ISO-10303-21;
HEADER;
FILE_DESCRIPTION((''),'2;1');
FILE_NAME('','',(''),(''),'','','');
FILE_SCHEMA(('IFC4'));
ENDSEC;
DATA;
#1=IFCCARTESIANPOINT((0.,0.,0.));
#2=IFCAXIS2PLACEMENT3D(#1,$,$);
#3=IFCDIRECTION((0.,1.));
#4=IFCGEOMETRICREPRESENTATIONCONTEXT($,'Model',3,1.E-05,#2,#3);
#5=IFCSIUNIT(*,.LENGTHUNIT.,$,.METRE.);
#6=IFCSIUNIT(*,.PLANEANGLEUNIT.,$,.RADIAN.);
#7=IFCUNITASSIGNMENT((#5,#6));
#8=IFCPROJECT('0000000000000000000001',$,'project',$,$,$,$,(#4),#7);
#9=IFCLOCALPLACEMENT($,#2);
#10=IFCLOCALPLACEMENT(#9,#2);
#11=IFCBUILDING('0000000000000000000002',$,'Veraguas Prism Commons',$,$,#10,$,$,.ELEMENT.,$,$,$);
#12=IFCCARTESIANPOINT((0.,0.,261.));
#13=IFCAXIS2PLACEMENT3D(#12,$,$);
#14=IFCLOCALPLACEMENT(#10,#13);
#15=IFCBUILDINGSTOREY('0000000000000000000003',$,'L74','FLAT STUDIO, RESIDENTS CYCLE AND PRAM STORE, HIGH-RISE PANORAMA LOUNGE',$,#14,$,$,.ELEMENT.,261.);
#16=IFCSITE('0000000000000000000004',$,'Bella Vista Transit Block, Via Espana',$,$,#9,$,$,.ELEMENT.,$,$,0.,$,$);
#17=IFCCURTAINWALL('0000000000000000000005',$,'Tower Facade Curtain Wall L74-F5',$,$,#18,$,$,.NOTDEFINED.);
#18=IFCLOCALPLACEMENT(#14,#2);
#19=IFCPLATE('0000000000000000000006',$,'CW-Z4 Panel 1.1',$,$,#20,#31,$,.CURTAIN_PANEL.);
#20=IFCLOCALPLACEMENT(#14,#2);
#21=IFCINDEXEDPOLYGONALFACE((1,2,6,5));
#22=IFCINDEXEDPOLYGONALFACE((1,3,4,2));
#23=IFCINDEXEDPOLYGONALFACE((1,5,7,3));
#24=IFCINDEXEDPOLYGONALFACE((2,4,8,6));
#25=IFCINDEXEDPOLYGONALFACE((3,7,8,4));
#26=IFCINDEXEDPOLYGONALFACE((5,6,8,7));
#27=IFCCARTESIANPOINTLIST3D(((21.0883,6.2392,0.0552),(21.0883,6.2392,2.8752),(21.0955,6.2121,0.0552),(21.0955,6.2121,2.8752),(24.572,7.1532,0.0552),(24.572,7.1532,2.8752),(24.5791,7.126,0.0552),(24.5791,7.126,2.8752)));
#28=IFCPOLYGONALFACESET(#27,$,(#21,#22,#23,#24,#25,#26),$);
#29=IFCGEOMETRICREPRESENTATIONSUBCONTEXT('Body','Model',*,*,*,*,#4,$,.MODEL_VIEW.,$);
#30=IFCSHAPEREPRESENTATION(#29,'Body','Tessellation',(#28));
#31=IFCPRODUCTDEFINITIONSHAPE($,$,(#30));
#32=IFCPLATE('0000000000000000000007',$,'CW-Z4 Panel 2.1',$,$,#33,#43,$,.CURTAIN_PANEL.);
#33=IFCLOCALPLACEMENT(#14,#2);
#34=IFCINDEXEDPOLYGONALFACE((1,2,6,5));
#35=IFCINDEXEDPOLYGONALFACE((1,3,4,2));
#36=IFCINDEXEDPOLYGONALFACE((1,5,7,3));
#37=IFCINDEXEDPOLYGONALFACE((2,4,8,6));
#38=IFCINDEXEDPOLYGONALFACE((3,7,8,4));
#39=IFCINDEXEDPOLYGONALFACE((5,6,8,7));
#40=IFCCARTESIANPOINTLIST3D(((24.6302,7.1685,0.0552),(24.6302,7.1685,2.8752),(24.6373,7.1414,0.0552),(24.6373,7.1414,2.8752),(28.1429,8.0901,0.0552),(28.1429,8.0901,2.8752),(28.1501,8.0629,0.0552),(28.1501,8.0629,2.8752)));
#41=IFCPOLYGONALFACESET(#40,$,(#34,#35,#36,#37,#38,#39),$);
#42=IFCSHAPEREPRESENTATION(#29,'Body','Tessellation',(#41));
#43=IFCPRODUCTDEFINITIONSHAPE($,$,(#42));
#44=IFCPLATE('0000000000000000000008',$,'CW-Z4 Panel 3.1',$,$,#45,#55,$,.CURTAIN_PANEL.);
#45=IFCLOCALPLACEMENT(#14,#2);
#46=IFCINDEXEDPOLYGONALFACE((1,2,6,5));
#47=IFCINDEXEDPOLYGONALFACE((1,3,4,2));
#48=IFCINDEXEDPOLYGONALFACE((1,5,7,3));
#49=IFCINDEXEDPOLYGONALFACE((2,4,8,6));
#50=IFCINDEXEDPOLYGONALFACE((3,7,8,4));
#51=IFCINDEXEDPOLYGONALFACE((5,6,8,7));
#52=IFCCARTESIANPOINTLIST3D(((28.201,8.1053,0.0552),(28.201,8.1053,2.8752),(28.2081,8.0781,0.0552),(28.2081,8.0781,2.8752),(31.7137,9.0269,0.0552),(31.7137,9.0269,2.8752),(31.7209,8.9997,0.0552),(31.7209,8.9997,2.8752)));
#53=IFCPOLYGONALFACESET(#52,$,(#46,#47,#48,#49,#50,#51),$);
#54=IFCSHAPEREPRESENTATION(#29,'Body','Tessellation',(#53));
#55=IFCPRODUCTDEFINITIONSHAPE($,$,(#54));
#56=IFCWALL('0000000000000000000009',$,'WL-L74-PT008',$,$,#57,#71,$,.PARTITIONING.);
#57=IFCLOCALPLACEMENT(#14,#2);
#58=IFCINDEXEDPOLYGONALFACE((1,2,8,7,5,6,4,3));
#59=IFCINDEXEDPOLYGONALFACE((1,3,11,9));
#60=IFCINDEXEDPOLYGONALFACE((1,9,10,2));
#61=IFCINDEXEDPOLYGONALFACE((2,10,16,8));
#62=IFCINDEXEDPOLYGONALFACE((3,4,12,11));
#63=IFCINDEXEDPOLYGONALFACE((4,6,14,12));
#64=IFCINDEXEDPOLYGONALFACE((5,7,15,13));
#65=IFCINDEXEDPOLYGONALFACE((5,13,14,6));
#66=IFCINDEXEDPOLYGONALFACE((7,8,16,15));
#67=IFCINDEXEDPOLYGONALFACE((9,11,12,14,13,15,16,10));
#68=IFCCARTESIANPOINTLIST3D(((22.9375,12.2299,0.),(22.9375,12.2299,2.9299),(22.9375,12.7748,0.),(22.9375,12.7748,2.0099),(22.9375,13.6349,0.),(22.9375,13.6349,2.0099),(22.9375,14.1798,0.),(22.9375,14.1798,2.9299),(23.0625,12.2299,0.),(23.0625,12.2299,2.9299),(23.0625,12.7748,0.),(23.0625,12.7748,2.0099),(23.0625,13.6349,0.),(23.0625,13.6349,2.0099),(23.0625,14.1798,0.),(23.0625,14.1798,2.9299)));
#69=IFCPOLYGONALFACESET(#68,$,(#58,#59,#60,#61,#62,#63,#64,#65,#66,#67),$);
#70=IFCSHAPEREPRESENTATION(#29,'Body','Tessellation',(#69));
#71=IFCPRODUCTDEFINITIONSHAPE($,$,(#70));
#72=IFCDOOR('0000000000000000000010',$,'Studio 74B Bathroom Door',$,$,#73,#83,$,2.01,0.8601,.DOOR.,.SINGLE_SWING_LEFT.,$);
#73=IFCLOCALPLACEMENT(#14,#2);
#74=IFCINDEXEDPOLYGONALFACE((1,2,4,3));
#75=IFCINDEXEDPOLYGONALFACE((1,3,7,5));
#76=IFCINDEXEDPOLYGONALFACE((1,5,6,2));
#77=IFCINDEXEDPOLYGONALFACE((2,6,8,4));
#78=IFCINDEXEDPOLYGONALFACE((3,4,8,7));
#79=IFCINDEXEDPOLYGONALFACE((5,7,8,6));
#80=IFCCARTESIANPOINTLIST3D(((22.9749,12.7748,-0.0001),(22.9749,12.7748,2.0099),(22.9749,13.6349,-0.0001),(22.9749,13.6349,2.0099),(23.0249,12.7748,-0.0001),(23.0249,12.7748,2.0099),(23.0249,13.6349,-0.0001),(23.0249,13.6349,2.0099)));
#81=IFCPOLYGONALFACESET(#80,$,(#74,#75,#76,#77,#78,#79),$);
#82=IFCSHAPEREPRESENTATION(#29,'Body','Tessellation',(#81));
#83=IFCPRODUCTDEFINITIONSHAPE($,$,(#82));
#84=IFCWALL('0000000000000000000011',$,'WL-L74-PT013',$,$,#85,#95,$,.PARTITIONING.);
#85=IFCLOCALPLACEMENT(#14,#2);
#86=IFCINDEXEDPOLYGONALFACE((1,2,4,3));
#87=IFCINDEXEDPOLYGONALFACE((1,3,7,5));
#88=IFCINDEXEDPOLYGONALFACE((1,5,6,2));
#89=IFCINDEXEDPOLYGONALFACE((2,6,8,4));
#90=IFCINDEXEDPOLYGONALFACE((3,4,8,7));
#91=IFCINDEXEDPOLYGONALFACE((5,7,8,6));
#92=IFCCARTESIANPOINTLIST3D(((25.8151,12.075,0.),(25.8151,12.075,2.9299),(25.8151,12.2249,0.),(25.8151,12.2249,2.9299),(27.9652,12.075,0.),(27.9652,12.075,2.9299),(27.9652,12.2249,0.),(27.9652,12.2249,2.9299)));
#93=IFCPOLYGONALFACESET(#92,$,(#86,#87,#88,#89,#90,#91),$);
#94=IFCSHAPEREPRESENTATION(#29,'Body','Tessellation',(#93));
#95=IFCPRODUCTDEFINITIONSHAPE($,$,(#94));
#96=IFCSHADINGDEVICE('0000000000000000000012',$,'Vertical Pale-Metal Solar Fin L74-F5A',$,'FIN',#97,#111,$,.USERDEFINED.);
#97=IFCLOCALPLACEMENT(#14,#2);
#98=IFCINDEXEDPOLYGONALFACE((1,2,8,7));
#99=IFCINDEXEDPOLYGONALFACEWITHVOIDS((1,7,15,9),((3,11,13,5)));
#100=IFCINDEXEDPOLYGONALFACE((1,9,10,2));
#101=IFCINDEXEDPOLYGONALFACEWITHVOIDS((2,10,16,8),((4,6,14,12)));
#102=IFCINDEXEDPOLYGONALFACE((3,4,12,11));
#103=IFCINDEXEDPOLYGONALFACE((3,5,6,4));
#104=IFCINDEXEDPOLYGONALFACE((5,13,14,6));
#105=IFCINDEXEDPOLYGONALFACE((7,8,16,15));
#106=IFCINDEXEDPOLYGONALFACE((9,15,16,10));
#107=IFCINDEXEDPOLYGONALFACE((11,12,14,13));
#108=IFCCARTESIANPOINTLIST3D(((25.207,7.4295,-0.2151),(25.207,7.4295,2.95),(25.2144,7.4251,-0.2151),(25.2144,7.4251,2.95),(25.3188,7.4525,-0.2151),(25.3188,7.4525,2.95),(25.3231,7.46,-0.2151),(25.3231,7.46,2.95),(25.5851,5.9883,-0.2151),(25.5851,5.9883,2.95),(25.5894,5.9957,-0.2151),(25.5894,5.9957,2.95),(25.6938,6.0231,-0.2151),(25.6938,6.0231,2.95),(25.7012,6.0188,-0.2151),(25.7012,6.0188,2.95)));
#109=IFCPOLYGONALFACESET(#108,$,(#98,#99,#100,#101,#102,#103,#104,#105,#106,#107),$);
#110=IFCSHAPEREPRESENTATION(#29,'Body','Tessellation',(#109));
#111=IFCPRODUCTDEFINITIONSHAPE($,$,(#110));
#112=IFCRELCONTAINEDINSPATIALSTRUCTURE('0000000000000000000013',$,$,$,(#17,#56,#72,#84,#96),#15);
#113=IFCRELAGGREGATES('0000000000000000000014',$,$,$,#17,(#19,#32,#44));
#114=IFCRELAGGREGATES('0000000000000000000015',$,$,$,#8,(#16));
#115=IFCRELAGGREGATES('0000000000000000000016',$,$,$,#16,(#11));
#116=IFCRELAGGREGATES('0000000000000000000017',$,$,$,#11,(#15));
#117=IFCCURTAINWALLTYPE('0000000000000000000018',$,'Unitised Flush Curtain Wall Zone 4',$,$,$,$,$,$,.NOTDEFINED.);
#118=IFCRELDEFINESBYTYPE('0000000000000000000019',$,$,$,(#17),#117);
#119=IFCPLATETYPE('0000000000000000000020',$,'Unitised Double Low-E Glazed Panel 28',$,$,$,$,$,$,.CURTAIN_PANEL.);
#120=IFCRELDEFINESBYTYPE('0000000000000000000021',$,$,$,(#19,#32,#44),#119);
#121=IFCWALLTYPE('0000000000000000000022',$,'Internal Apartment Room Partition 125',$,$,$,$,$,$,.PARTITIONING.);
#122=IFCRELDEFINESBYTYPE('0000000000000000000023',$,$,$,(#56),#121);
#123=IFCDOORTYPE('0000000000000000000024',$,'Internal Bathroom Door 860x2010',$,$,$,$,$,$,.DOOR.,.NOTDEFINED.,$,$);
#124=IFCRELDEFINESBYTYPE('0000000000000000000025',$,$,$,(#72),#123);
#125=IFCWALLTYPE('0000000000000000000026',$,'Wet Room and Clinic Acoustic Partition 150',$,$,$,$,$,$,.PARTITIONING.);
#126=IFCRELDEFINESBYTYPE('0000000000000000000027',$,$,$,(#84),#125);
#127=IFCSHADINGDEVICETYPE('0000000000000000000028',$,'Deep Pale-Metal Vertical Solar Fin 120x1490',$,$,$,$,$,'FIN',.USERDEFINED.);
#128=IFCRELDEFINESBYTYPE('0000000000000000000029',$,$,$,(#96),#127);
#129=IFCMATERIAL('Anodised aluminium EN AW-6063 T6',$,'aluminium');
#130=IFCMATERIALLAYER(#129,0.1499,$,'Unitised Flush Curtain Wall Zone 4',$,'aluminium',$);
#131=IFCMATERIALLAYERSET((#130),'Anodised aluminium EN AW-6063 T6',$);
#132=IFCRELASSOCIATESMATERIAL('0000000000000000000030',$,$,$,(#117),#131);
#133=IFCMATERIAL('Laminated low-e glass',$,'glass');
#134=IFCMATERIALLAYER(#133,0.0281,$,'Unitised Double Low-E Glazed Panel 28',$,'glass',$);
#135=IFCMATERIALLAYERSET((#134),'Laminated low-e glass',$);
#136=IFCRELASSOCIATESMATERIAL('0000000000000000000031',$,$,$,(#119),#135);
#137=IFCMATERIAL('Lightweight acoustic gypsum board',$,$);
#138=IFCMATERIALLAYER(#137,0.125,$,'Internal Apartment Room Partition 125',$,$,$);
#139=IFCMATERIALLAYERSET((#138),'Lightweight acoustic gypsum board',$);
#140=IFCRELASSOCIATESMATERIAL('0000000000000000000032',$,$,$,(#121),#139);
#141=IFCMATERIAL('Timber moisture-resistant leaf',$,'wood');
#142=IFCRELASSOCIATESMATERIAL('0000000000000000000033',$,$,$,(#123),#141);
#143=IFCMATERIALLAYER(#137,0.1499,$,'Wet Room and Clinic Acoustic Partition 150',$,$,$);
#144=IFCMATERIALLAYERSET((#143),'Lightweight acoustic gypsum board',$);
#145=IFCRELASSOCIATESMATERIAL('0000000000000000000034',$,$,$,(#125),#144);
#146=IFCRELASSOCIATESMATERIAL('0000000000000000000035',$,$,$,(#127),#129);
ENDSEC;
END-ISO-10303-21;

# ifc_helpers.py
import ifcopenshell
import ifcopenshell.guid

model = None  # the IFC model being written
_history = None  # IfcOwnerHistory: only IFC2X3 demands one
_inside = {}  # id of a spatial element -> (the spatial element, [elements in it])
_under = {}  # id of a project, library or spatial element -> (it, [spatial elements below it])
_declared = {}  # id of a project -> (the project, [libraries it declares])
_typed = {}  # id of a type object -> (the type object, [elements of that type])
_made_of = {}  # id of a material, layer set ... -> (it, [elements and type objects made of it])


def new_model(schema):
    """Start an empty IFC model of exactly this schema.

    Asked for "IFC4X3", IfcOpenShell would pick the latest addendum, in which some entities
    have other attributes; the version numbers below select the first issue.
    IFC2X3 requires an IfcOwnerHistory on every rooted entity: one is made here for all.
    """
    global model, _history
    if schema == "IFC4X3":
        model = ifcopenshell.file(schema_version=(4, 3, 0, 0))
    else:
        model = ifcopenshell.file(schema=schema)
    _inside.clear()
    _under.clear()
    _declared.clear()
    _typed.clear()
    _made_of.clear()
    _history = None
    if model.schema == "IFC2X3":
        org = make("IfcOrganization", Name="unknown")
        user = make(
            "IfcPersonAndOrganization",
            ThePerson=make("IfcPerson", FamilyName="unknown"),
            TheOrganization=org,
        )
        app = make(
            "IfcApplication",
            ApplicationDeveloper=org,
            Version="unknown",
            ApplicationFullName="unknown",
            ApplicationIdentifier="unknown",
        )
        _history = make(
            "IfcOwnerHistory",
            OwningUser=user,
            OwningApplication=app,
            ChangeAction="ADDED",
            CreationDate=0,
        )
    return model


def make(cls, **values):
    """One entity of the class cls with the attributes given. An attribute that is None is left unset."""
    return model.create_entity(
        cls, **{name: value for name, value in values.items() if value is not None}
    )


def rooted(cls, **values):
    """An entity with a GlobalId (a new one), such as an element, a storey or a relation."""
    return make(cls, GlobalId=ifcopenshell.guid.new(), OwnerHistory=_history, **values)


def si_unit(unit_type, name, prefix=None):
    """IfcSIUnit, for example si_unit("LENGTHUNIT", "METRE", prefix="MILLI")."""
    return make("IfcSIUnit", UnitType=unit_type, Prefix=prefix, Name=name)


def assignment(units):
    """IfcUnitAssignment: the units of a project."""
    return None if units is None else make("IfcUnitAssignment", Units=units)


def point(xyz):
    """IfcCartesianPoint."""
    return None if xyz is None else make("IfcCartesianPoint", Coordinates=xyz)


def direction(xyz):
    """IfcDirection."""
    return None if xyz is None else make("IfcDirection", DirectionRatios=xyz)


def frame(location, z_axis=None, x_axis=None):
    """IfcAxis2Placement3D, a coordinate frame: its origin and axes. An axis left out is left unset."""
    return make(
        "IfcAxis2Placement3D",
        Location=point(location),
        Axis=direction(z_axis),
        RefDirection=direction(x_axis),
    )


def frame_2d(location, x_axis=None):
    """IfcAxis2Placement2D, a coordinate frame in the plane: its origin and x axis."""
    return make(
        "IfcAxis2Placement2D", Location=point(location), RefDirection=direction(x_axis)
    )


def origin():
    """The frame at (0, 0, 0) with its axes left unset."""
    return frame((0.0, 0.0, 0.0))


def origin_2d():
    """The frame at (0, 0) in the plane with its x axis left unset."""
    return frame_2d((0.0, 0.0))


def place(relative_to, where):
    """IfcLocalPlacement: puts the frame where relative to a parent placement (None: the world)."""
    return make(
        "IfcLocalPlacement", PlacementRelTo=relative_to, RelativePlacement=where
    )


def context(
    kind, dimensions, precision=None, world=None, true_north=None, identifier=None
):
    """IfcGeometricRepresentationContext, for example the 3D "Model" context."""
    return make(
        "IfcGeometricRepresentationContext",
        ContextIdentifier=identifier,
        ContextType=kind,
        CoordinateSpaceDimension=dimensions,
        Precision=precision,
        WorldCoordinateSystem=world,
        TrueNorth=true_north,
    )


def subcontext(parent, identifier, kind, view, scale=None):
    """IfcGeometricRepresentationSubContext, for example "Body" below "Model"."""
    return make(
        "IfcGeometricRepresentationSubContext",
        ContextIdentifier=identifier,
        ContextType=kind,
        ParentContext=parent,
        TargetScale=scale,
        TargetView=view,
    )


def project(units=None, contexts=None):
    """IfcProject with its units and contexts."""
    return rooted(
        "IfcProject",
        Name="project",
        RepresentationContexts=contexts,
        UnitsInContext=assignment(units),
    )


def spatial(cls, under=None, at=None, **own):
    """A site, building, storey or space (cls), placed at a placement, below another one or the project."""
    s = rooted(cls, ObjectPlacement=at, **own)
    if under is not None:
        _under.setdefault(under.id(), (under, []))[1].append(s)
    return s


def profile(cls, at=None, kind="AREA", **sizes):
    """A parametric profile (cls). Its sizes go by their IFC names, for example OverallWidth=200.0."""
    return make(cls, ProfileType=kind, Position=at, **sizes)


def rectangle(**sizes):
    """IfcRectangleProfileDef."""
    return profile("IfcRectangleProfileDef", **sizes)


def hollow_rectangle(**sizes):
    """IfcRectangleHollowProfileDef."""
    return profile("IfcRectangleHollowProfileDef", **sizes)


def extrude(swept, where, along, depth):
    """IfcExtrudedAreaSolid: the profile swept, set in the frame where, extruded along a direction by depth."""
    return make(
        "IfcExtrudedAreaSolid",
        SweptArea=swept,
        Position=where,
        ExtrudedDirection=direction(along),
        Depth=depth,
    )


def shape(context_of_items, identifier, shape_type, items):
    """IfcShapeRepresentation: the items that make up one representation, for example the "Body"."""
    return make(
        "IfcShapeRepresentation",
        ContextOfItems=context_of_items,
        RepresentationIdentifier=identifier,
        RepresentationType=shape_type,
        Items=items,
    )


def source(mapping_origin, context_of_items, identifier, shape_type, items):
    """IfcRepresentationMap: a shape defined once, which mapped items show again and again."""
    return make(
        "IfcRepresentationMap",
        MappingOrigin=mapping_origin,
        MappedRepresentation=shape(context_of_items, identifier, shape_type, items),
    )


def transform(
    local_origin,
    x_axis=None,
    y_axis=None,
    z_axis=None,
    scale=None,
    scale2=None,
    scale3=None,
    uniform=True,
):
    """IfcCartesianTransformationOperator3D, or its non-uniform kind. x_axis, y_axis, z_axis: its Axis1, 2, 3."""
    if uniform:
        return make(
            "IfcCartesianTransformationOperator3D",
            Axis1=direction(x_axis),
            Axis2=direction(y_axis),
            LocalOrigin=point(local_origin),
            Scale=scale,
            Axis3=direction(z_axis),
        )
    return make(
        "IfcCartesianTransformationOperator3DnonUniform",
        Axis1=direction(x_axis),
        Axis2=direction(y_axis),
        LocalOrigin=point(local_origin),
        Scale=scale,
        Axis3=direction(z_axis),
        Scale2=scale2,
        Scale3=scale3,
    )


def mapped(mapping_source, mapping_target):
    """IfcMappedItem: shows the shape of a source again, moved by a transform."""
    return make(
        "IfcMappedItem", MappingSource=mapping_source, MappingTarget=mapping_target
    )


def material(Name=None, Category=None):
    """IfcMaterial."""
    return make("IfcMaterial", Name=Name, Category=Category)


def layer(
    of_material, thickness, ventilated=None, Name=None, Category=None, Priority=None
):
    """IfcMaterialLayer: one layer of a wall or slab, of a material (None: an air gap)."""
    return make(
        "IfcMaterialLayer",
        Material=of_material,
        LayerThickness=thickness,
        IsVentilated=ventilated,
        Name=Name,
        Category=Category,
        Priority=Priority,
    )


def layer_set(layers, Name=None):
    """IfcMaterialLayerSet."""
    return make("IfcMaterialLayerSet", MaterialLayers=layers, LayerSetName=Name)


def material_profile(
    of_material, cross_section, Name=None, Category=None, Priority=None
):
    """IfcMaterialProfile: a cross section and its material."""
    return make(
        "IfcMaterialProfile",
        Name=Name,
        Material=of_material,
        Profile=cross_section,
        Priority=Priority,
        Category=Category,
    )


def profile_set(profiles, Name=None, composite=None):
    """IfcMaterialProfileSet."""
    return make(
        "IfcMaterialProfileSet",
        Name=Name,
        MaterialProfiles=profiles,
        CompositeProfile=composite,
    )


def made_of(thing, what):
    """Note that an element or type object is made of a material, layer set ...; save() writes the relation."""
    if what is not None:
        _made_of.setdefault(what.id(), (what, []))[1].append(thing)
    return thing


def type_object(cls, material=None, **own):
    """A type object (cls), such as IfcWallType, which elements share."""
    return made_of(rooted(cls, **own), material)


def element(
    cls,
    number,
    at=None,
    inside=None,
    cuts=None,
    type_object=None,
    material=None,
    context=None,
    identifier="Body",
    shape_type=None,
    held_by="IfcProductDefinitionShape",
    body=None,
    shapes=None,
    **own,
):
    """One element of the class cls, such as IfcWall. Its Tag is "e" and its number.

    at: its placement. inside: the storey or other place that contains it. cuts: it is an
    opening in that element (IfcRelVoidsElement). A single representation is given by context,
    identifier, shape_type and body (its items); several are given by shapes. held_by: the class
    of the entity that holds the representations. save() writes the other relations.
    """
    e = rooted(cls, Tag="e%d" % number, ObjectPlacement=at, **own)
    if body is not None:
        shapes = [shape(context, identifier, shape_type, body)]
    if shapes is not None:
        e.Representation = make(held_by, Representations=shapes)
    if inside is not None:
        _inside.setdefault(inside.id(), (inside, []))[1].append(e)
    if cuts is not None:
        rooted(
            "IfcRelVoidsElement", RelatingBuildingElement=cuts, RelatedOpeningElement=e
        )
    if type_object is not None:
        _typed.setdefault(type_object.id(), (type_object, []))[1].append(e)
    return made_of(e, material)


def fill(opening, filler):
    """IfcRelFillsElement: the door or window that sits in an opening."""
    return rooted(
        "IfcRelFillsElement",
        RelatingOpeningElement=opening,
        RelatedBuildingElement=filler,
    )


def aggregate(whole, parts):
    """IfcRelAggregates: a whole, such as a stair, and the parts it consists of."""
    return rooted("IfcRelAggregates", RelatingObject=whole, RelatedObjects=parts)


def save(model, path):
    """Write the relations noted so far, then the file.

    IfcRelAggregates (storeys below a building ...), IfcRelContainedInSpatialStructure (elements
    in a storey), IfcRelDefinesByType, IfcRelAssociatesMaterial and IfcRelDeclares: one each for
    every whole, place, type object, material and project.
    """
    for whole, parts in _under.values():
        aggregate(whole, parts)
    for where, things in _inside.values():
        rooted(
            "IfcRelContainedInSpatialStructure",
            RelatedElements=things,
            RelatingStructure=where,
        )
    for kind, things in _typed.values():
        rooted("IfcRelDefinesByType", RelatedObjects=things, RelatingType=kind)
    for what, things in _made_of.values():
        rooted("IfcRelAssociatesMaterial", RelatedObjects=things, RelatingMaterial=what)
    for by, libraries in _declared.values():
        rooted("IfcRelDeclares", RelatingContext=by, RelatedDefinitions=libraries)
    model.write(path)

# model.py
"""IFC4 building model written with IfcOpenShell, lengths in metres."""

from ifc_helpers import new_model, si_unit, direction, frame, frame_2d, origin, origin_2d, place, context, subcontext, project, spatial, rectangle, hollow_rectangle, extrude, source, transform, mapped, material, layer, layer_set, material_profile, profile_set, type_object, element, fill, aggregate, save


model = new_model("IFC4")

# Units and contexts
model_context = context("Model", 3, precision=1e-05, world=origin(), true_north=direction((0.0, 1.0)))
body_context = subcontext(model_context, "Body", "Model", "MODEL_VIEW")
ifc_project = project(units=[si_unit("LENGTHUNIT", "METRE"), si_unit("PLANEANGLEUNIT", "RADIAN")], contexts=[model_context])

# Site, building, storey
site_placement = place(None, origin())
site = spatial("IfcSite", under=ifc_project, at=site_placement, Name="Bella Vista Transit Block, Via Espana", CompositionType="ELEMENT", RefElevation=0.0)
building_placement = place(site_placement, origin())
building = spatial("IfcBuilding", under=site, at=building_placement, Name="Veraguas Prism Commons", CompositionType="ELEMENT")
storey_placement = place(building_placement, frame((0.0, 0.0, 261.0)))
storey = spatial("IfcBuildingStorey", under=building, at=storey_placement, Name="L74", Description="FLAT STUDIO, RESIDENTS CYCLE AND PRAM STORE, HIGH-RISE PANORAMA LOUNGE", CompositionType="ELEMENT", Elevation=261.0)

# Curtain wall, plates
ifc_material_1 = material(Name="Anodised aluminium EN AW-6063 T6", Category="aluminium")
ifc_layer_1 = layer(ifc_material_1, 0.1499, Name="Unitised Flush Curtain Wall Zone 4", Category="aluminium")
ifc_layer_set_1 = layer_set([ifc_layer_1], Name="Anodised aluminium EN AW-6063 T6")
curtain_wall_type = type_object("IfcCurtainWallType", Name="Unitised Flush Curtain Wall Zone 4", PredefinedType="NOTDEFINED", material=ifc_layer_set_1)
curtain_wall_placement = place(storey_placement, origin())
curtain_wall = element("IfcCurtainWall", 1, at=curtain_wall_placement, inside=storey, type_object=curtain_wall_type, Name="Tower Facade Curtain Wall L74-F5", PredefinedType="NOTDEFINED")
ifc_material_2 = material(Name="Laminated low-e glass", Category="glass")
ifc_layer_2 = layer(ifc_material_2, 0.0281, Name="Unitised Double Low-E Glazed Panel 28", Category="glass")
ifc_layer_set_2 = layer_set([ifc_layer_2], Name="Laminated low-e glass")
plate_type = type_object("IfcPlateType", Name="Unitised Double Low-E Glazed Panel 28", PredefinedType="CURTAIN_PANEL", material=ifc_layer_set_2)
shared_shape_1 = source(origin(), body_context, "Body", "SweptSolid", [
    extrude(rectangle(XDim=3.6016, YDim=0.0281, at=origin_2d()), origin(), (0.0, 0.0, 1.0), 2.8201),
])
plate_1_placement = place(storey_placement, frame((22.8337, 6.6826, 0.0552), z_axis=(0.0, 0.0, 1.0), x_axis=(0.967266, 0.253765, 0.0)))
plate_1 = element("IfcPlate", 2, at=plate_1_placement, type_object=plate_type, Name="CW-Z4 Panel 1.1", PredefinedType="CURTAIN_PANEL", context=body_context, shape_type="MappedRepresentation", body=[
    mapped(shared_shape_1, transform((0.0, 0.0, 0.0), scale=1.0)),
])
shared_shape_2 = source(origin(), body_context, "Body", "SweptSolid", [
    extrude(rectangle(XDim=3.6316, YDim=0.0281, at=origin_2d()), origin(), (0.0, 0.0, 1.0), 2.8201),
])
plate_2_placement = place(storey_placement, frame((26.3901, 7.6157, 0.0552), z_axis=(0.0, 0.0, 1.0), x_axis=(0.967266, 0.253765, 0.0)))
plate_2 = element("IfcPlate", 3, at=plate_2_placement, type_object=plate_type, Name="CW-Z4 Panel 2.1", PredefinedType="CURTAIN_PANEL", context=body_context, shape_type="MappedRepresentation", body=[
    mapped(shared_shape_2, transform((0.0, 0.0, 0.0), scale=1.0)),
])
plate_3_placement = place(storey_placement, frame((29.9609, 8.5525, 0.0552), z_axis=(0.0, 0.0, 1.0), x_axis=(0.967266, 0.253765, 0.0)))
plate_3 = element("IfcPlate", 4, at=plate_3_placement, type_object=plate_type, Name="CW-Z4 Panel 3.1", PredefinedType="CURTAIN_PANEL", context=body_context, shape_type="MappedRepresentation", body=[
    mapped(shared_shape_2, transform((0.0, 0.0, 0.0), scale=1.0)),
])
aggregate(curtain_wall, [plate_1, plate_2, plate_3])

# Wall, opening, door
ifc_material_3 = material(Name="Lightweight acoustic gypsum board")
ifc_layer_3 = layer(ifc_material_3, 0.125, Name="Internal Apartment Room Partition 125")
ifc_layer_set_3 = layer_set([ifc_layer_3], Name="Lightweight acoustic gypsum board")
wall_type_1 = type_object("IfcWallType", Name="Internal Apartment Room Partition 125", PredefinedType="PARTITIONING", material=ifc_layer_set_3)
wall_1_placement = place(storey_placement, frame((23.0, 14.1799, 0.0), z_axis=(0.0, 0.0, 1.0), x_axis=(0.0, -1.0, 0.0)))
wall_1 = element("IfcWall", 5, at=wall_1_placement, inside=storey, type_object=wall_type_1, Name="WL-L74-PT008", PredefinedType="PARTITIONING", context=body_context, shape_type="SweptSolid", body=[
    extrude(rectangle(XDim=1.95, YDim=0.125, at=frame_2d((0.9751, 0.0))), origin(), (0.0, 0.0, 1.0), 2.9299),
])
opening_placement = place(wall_1_placement, frame((0.5449, 0.0, 0.0)))
opening = element("IfcOpeningElement", 6, at=opening_placement, cuts=wall_1, PredefinedType="OPENING", context=body_context, shape_type="SweptSolid", body=[
    extrude(rectangle(XDim=0.8601, YDim=2.01, at=frame_2d((0.4302, 1.0049))), frame((0.0, 0.0725, 0.0), z_axis=(0.0, -1.0, 0.0), x_axis=(1.0, 0.0, 0.0)), (0.0, 0.0, 1.0), 0.145),
])
ifc_material_4 = material(Name="Timber moisture-resistant leaf", Category="wood")
door_type = type_object("IfcDoorType", Name="Internal Bathroom Door 860x2010", OperationType="NOTDEFINED", PredefinedType="DOOR", material=ifc_material_4)
shared_shape_3 = source(origin(), body_context, "Body", "SweptSolid", [
    extrude(rectangle(XDim=0.8601, YDim=2.01, at=frame_2d((0.4302, 1.0049))), frame((0.0, 0.0249, 0.0), z_axis=(0.0, -1.0, 0.0), x_axis=(1.0, 0.0, 0.0)), (0.0, 0.0, 1.0), 0.05),
])
door_placement = place(opening_placement, origin())
door = element("IfcDoor", 7, at=door_placement, inside=storey, type_object=door_type, Name="Studio 74B Bathroom Door", OperationType="SINGLE_SWING_LEFT", OverallHeight=2.01, OverallWidth=0.8601, PredefinedType="DOOR", context=body_context, shape_type="MappedRepresentation", body=[
    mapped(shared_shape_3, transform((0.0, 0.0, 0.0), scale=1.0)),
])
fill(opening, door)

# Wall
ifc_layer_4 = layer(ifc_material_3, 0.1499, Name="Wet Room and Clinic Acoustic Partition 150")
ifc_layer_set_4 = layer_set([ifc_layer_4], Name="Lightweight acoustic gypsum board")
wall_type_2 = type_object("IfcWallType", Name="Wet Room and Clinic Acoustic Partition 150", PredefinedType="PARTITIONING", material=ifc_layer_set_4)
wall_2_placement = place(storey_placement, frame((25.8149, 12.1499, 0.0), z_axis=(0.0, 0.0, 1.0), x_axis=(1.0, 0.0, 0.0)))
element("IfcWall", 8, at=wall_2_placement, inside=storey, type_object=wall_type_2, Name="WL-L74-PT013", PredefinedType="PARTITIONING", context=body_context, shape_type="SweptSolid", body=[
    extrude(rectangle(XDim=2.1501, YDim=0.1499, at=frame_2d((1.0752, 0.0))), origin(), (0.0, 0.0, 1.0), 2.9299),
])

# Shading device
ifc_material_profile_1 = material_profile(ifc_material_1, hollow_rectangle(XDim=0.1201, YDim=1.49, WallThickness=0.0061, at=origin_2d()), Name="FIN120X1490X6")
ifc_profile_set_1 = profile_set([ifc_material_profile_1], Name="Anodised aluminium EN AW-6063 T6")
shading_device_type = type_object("IfcShadingDeviceType", Name="Deep Pale-Metal Vertical Solar Fin 120x1490", ElementType="FIN", PredefinedType="USERDEFINED", material=ifc_profile_set_1)
shading_device_placement = place(storey_placement, frame((25.4541, 6.7241, -0.2151), z_axis=(0.0, 0.0, 1.0), x_axis=(0.967267, 0.253761, 0.0)))
element("IfcShadingDevice", 9, at=shading_device_placement, inside=storey, type_object=shading_device_type, Name="Vertical Pale-Metal Solar Fin L74-F5A", ObjectType="FIN", PredefinedType="USERDEFINED", context=body_context, shape_type="SweptSolid", body=[
    extrude(hollow_rectangle(XDim=0.1201, YDim=1.49, WallThickness=0.0061, at=origin_2d()), origin(), (0.0, 0.0, 1.0), 3.165),
])

save(model, "model.ifc")
